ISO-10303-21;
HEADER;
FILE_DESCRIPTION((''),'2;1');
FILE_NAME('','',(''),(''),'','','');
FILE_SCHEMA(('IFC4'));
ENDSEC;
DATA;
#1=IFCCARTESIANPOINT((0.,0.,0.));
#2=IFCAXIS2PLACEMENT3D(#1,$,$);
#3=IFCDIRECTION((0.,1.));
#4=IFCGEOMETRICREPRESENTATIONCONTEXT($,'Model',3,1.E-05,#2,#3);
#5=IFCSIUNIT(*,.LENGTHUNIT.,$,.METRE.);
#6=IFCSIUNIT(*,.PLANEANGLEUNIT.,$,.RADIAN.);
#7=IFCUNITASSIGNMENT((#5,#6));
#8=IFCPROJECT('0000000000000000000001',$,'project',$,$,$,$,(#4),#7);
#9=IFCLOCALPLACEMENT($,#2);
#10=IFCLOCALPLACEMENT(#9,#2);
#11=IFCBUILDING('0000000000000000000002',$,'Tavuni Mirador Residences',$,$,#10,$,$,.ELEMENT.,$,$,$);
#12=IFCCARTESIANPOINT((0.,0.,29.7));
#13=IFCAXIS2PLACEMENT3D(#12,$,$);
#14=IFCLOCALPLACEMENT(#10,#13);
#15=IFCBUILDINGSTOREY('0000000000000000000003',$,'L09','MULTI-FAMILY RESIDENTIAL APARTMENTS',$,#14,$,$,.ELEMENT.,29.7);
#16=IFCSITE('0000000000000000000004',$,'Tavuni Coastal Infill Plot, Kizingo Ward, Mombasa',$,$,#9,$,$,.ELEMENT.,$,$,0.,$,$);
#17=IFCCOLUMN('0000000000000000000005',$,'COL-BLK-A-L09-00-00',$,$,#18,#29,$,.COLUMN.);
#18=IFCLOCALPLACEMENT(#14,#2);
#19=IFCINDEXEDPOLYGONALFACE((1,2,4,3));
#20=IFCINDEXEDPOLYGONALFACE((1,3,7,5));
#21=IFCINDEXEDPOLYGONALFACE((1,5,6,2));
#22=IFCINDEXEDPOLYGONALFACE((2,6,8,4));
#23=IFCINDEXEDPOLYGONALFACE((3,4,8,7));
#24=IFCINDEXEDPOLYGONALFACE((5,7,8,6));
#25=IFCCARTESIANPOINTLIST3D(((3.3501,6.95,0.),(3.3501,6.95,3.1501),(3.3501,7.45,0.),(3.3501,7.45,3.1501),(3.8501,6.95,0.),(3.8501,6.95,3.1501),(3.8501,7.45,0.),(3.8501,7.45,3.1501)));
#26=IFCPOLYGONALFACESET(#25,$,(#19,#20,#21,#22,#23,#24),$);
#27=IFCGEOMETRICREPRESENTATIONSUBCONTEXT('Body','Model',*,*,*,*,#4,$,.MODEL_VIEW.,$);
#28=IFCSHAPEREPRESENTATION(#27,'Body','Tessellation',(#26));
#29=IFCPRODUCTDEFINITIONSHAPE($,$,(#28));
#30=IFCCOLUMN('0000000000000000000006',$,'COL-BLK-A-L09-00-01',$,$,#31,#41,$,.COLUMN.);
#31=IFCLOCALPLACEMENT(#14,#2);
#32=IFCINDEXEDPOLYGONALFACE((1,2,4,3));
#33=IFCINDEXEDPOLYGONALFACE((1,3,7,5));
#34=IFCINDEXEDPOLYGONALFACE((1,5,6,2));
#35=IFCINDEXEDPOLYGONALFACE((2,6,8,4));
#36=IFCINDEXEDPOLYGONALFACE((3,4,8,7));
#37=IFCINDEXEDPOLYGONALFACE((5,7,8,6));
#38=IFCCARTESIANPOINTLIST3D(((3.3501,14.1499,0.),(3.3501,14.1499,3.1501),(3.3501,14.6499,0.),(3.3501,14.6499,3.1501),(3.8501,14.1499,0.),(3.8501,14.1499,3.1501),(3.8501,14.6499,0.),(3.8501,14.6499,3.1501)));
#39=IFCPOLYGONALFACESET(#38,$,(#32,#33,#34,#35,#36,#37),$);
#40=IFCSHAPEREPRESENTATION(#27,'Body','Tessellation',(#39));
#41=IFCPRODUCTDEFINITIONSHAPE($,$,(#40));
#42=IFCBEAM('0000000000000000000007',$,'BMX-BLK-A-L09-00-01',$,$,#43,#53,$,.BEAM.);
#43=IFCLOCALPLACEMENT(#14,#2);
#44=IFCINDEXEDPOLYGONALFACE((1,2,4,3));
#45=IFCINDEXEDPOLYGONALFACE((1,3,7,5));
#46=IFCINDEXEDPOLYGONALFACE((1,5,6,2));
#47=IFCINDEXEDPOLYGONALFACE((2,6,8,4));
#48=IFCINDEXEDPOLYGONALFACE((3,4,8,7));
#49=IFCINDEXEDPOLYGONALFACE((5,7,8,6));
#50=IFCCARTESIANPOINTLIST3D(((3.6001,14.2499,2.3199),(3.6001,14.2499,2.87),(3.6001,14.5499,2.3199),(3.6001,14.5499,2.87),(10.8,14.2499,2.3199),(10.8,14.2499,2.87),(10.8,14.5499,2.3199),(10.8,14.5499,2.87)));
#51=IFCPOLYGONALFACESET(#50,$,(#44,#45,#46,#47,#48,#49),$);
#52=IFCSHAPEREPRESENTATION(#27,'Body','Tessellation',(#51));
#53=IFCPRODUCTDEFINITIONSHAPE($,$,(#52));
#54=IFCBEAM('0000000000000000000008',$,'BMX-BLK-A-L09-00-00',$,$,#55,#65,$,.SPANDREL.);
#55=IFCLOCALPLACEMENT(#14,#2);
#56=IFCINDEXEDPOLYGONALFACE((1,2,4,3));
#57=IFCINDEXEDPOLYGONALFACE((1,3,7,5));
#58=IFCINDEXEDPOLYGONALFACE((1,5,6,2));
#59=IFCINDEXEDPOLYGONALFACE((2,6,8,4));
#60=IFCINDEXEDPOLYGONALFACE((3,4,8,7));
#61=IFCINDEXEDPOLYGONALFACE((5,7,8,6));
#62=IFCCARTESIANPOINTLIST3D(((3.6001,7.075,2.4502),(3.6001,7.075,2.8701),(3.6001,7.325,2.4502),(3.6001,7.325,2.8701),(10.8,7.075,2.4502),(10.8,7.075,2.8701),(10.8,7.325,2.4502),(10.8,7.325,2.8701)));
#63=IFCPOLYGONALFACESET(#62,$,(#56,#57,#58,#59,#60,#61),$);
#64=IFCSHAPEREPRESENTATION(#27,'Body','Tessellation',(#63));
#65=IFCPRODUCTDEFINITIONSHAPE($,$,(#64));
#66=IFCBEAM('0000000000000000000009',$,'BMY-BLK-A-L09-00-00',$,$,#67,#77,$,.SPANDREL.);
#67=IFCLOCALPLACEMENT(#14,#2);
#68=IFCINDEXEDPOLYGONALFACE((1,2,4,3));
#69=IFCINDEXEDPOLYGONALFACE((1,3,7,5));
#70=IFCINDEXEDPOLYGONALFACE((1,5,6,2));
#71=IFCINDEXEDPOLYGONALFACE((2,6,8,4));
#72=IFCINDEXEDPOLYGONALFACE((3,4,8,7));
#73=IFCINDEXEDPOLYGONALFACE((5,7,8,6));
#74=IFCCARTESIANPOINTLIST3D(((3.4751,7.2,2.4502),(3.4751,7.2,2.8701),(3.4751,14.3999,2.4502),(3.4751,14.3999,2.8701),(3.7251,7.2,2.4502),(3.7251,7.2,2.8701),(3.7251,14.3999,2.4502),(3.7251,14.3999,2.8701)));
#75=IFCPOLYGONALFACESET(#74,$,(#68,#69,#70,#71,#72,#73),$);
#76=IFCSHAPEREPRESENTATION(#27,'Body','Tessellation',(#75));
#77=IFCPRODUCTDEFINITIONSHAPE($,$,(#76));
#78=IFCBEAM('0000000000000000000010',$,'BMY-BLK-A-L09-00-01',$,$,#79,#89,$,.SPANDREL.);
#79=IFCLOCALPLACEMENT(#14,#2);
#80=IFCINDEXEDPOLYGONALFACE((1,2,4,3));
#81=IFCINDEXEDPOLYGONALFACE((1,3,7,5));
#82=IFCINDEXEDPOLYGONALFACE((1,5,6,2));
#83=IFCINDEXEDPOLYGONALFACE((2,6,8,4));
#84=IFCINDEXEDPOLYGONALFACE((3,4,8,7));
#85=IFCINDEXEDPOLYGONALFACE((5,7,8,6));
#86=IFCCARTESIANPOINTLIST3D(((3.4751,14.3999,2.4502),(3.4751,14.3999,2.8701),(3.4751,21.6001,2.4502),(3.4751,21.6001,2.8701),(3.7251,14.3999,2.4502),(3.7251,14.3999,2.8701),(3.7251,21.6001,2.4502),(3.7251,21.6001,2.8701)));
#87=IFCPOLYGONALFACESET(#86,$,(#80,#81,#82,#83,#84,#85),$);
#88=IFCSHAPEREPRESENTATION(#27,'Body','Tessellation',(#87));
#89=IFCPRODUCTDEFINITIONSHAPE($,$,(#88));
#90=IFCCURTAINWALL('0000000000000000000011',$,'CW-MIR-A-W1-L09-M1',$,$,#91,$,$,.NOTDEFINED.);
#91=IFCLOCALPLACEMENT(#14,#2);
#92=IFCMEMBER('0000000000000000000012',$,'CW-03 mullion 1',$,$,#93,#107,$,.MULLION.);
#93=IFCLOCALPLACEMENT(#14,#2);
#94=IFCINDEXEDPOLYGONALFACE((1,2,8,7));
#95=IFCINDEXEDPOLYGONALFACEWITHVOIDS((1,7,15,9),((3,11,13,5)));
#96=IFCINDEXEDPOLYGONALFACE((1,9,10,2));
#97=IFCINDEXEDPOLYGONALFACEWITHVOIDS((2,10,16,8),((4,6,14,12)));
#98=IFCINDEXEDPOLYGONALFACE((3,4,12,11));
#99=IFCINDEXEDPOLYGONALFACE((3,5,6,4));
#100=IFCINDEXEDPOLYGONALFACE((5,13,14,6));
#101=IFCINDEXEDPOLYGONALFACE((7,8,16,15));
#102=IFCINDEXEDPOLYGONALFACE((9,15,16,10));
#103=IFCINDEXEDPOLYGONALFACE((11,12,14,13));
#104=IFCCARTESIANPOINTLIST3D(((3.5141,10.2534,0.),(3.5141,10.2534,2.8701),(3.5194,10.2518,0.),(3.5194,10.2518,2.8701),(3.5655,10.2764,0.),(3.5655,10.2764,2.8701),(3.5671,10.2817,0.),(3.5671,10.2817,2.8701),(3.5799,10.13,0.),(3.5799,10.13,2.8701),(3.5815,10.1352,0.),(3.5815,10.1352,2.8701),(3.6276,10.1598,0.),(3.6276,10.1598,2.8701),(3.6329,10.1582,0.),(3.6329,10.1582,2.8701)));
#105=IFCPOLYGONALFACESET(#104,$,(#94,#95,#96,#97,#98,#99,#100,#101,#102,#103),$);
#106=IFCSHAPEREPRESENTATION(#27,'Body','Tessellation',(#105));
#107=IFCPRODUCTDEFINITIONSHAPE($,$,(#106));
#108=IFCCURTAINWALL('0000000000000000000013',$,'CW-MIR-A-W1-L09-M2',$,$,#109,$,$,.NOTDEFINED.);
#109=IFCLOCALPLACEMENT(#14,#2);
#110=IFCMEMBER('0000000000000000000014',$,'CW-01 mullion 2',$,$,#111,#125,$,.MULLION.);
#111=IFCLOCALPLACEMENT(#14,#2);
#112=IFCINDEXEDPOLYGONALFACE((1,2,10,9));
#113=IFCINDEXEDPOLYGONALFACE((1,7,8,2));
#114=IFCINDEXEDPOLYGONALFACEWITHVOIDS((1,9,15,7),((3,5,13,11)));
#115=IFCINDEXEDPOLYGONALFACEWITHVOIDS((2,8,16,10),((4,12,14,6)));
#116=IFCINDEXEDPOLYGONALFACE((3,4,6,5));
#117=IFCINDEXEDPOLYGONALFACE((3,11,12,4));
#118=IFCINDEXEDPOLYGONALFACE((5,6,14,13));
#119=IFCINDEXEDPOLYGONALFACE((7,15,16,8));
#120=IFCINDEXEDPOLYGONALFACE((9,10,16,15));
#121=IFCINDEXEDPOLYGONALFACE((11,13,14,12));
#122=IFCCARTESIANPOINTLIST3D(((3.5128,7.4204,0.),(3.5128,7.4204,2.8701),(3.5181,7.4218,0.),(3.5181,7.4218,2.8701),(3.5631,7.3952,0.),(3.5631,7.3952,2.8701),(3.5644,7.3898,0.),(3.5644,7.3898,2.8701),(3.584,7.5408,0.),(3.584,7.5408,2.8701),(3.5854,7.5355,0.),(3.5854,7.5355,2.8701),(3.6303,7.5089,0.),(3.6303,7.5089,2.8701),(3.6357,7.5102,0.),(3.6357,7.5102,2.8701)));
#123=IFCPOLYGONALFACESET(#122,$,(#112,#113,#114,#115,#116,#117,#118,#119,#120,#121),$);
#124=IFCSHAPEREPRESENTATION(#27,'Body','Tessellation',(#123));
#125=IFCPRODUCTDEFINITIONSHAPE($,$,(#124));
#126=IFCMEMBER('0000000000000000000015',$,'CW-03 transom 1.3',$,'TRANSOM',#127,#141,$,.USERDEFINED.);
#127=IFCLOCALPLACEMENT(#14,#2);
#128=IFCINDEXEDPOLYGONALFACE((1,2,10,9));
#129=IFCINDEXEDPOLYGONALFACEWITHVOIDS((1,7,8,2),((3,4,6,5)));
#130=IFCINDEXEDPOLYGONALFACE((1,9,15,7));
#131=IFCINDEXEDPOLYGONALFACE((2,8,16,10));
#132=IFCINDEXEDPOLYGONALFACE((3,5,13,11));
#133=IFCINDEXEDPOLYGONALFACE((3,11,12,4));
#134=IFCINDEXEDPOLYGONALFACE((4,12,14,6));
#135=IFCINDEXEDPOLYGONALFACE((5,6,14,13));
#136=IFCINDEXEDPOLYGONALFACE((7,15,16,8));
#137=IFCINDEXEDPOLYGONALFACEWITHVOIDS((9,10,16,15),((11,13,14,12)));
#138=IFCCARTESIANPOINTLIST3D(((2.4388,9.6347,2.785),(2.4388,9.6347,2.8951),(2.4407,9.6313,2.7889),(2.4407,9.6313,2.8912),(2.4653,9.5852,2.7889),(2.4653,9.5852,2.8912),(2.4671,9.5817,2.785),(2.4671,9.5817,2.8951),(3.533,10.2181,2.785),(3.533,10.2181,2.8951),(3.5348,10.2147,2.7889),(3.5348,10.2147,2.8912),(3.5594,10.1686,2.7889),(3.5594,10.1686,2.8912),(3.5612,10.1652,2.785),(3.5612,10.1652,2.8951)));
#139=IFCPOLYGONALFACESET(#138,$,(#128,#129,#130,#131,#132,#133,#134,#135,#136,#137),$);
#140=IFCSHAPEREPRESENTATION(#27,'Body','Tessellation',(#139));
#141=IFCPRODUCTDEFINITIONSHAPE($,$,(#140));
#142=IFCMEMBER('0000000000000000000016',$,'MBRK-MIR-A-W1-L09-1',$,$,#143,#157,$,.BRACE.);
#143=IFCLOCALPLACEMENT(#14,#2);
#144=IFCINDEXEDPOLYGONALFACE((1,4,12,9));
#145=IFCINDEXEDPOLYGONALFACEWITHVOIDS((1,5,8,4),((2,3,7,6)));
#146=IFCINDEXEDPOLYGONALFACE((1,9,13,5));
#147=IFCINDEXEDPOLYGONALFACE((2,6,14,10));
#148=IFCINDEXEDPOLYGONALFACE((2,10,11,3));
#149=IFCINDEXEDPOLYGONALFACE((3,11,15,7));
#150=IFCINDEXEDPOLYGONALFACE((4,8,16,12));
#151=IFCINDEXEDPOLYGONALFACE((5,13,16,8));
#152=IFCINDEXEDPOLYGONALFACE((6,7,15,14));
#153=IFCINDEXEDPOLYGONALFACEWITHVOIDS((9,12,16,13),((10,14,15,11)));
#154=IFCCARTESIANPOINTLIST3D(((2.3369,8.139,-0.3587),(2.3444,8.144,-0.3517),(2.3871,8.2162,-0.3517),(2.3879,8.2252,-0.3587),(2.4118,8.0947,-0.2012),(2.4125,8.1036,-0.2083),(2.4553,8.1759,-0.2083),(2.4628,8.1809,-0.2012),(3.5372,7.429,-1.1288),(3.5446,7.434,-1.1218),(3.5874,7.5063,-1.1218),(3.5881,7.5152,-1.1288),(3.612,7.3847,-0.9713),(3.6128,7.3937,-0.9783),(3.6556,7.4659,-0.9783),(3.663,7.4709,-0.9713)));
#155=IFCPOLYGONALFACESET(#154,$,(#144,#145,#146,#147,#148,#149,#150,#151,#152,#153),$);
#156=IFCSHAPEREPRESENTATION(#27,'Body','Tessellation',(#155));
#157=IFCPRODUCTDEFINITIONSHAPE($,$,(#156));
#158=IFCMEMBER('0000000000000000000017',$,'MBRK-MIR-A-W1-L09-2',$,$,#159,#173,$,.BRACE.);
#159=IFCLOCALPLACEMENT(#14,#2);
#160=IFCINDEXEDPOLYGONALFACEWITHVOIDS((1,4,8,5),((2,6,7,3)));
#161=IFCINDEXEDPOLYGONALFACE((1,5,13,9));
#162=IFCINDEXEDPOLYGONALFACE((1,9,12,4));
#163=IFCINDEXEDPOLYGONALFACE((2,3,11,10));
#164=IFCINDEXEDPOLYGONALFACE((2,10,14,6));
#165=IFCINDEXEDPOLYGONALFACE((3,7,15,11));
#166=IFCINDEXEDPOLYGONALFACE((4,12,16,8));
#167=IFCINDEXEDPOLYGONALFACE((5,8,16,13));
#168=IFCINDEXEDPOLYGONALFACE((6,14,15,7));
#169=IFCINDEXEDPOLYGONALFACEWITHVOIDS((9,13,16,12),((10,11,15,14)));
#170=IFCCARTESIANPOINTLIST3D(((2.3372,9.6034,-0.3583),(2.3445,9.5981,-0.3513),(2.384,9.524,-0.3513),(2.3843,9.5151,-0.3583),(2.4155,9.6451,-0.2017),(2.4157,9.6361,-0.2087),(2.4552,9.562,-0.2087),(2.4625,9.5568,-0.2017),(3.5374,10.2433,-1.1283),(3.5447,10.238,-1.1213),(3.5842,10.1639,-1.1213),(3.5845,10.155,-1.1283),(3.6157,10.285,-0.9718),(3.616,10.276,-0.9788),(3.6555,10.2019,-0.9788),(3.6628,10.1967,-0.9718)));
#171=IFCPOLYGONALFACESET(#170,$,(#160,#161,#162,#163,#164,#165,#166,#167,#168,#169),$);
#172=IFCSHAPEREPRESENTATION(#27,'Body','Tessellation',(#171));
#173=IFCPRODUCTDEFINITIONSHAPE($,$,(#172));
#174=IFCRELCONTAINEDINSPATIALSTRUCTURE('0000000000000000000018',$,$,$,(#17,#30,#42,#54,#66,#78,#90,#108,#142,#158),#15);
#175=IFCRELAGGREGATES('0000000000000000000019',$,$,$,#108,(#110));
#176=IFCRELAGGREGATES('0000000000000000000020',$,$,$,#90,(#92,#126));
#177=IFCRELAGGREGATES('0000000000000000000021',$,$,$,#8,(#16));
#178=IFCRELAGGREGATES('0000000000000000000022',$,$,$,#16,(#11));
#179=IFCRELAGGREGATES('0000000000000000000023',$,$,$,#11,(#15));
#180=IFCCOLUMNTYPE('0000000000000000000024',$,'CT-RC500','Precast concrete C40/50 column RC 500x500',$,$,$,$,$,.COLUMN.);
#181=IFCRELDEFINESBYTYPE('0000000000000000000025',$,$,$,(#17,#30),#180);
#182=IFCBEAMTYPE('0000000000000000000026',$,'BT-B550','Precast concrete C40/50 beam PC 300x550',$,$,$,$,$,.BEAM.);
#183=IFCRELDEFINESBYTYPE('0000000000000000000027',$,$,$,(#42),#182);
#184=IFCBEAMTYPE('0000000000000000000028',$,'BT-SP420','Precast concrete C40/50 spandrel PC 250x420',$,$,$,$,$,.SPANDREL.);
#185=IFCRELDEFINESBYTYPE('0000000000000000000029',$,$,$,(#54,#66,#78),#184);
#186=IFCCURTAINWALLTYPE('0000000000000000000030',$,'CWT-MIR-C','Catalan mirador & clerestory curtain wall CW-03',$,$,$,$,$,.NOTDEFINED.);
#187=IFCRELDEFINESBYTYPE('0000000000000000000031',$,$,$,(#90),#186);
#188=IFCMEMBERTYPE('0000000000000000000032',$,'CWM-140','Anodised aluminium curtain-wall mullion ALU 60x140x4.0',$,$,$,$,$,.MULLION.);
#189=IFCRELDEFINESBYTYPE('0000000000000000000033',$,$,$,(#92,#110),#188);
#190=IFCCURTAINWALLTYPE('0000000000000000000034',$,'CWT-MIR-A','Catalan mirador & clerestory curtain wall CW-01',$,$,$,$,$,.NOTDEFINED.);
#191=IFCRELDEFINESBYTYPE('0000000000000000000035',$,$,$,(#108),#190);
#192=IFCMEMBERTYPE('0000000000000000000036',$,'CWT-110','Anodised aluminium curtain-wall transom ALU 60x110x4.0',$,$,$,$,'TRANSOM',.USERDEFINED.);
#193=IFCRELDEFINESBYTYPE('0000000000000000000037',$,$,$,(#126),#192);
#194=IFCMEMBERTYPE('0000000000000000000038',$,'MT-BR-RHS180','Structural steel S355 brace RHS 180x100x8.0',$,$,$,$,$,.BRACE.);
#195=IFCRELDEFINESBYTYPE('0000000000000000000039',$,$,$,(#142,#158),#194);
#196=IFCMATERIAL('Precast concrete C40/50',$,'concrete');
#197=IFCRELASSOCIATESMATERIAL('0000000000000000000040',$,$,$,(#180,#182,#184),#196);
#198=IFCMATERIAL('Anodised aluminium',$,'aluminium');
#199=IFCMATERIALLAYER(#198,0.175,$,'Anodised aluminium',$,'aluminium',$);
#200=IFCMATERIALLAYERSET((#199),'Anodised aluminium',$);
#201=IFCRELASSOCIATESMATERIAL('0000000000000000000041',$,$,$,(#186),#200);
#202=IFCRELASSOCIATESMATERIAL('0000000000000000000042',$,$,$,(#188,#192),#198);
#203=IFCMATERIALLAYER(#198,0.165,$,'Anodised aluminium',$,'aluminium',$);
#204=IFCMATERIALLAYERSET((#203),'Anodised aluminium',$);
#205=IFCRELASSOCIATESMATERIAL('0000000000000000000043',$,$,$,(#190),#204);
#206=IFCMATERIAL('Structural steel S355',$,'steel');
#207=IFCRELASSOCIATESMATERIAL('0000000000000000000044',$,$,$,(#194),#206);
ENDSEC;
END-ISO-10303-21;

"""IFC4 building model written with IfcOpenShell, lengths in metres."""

from ifc_helpers import new_model, si_unit, direction, frame, origin, origin_2d, place, context, subcontext, project, spatial, rectangle, hollow_rectangle, extrude, material, layer, layer_set, material_profile, profile_set, type_object, element, aggregate, save


model = new_model("IFC4")

# Units and contexts
model_context = context("Model", 3, precision=1e-05, world=origin(), true_north=direction((0.0, 1.0)))
body_context = subcontext(model_context, "Body", "Model", "MODEL_VIEW")
ifc_project = project(units=[si_unit("LENGTHUNIT", "METRE"), si_unit("PLANEANGLEUNIT", "RADIAN")], contexts=[model_context])

# Site, building, storey
site_placement = place(None, origin())
site = spatial("IfcSite", under=ifc_project, at=site_placement, Name="Tavuni Coastal Infill Plot, Kizingo Ward, Mombasa", CompositionType="ELEMENT", RefElevation=0.0)
building_placement = place(site_placement, origin())
building = spatial("IfcBuilding", under=site, at=building_placement, Name="Tavuni Mirador Residences", CompositionType="ELEMENT")
storey_placement = place(building_placement, frame((0.0, 0.0, 29.7)))
storey = spatial("IfcBuildingStorey", under=building, at=storey_placement, Name="L09", Description="MULTI-FAMILY RESIDENTIAL APARTMENTS", CompositionType="ELEMENT", Elevation=29.7)

# Columns
ifc_material_1 = material(Name="Precast concrete C40/50", Category="concrete")
ifc_material_profile_1 = material_profile(ifc_material_1, rectangle(XDim=0.5, YDim=0.5, at=origin_2d()), Name="RC 500x500", Category="concrete")
ifc_profile_set_1 = profile_set([ifc_material_profile_1], Name="Precast concrete C40/50")
column_type = type_object("IfcColumnType", Name="CT-RC500", Description="Precast concrete C40/50 column RC 500x500", PredefinedType="COLUMN", material=ifc_profile_set_1)
for number, where, z_axis, x_axis, name in (
    (1, (3.6001, 7.2, 0.0), (0.0, 0.0, 1.0), (1.0, 0.0, 0.0), "COL-BLK-A-L09-00-00"),
    (2, (3.6001, 14.3999, 0.0), (0.0, 0.0, 1.0), (1.0, 0.0, 0.0), "COL-BLK-A-L09-00-01"),
):
    element("IfcColumn", number, at=place(storey_placement, frame(where, z_axis=z_axis, x_axis=x_axis)), inside=storey, type_object=column_type, Name=name, PredefinedType="COLUMN", context=body_context, shape_type="SweptSolid", body=[
        extrude(rectangle(XDim=0.5, YDim=0.5, at=origin_2d()), origin(), (0.0, 0.0, 1.0), 3.1501),
    ])

# Beams
ifc_material_profile_2 = material_profile(ifc_material_1, rectangle(XDim=0.3, YDim=0.55, at=origin_2d()), Name="PC 300x550", Category="concrete")
ifc_profile_set_2 = profile_set([ifc_material_profile_2], Name="Precast concrete C40/50")
beam_type_1 = type_object("IfcBeamType", Name="BT-B550", Description="Precast concrete C40/50 beam PC 300x550", PredefinedType="BEAM", material=ifc_profile_set_2)
beam_1_placement = place(storey_placement, frame((3.6001, 14.3999, 2.595), z_axis=(1.0, 0.0, 0.0), x_axis=(0.0, 1.0, 0.0)))
element("IfcBeam", 3, at=beam_1_placement, inside=storey, type_object=beam_type_1, Name="BMX-BLK-A-L09-00-01", PredefinedType="BEAM", context=body_context, shape_type="SweptSolid", body=[
    extrude(rectangle(XDim=0.3, YDim=0.55, at=origin_2d()), origin(), (0.0, 0.0, 1.0), 7.2),
])
ifc_material_profile_3 = material_profile(ifc_material_1, rectangle(XDim=0.25, YDim=0.4199, at=origin_2d()), Name="PC 250x420", Category="concrete")
ifc_profile_set_3 = profile_set([ifc_material_profile_3], Name="Precast concrete C40/50")
beam_type_2 = type_object("IfcBeamType", Name="BT-SP420", Description="Precast concrete C40/50 spandrel PC 250x420", PredefinedType="SPANDREL", material=ifc_profile_set_3)
for number, where, z_axis, x_axis, name in (
    (4, (3.6001, 7.2, 2.6602), (1.0, 0.0, 0.0), (0.0, 1.0, 0.0), "BMX-BLK-A-L09-00-00"),
    (5, (3.6001, 7.2, 2.6602), (0.0, 1.0, 0.0), (-1.0, 0.0, 0.0), "BMY-BLK-A-L09-00-00"),
):
    element("IfcBeam", number, at=place(storey_placement, frame(where, z_axis=z_axis, x_axis=x_axis)), inside=storey, type_object=beam_type_2, Name=name, PredefinedType="SPANDREL", context=body_context, shape_type="SweptSolid", body=[
        extrude(rectangle(XDim=0.25, YDim=0.4199, at=origin_2d()), origin(), (0.0, 0.0, 1.0), 7.2),
    ])
beam_2_placement = place(storey_placement, frame((3.6001, 14.3999, 2.6602), z_axis=(0.0, 1.0, 0.0), x_axis=(-1.0, 0.0, 0.0)))
element("IfcBeam", 6, at=beam_2_placement, inside=storey, type_object=beam_type_2, Name="BMY-BLK-A-L09-00-01", PredefinedType="SPANDREL", context=body_context, shape_type="SweptSolid", body=[
    extrude(rectangle(XDim=0.25, YDim=0.4199, at=origin_2d()), origin(), (0.0, 0.0, 1.0), 7.2002),
])

# Curtain walls, members
ifc_material_2 = material(Name="Anodised aluminium", Category="aluminium")
ifc_layer_1 = layer(ifc_material_2, 0.175, Name="Anodised aluminium", Category="aluminium")
ifc_layer_set_1 = layer_set([ifc_layer_1], Name="Anodised aluminium")
curtain_wall_type_1 = type_object("IfcCurtainWallType", Name="CWT-MIR-C", Description="Catalan mirador & clerestory curtain wall CW-03", PredefinedType="NOTDEFINED", material=ifc_layer_set_1)
curtain_wall_1_placement = place(storey_placement, origin())
curtain_wall_1 = element("IfcCurtainWall", 7, at=curtain_wall_1_placement, inside=storey, type_object=curtain_wall_type_1, Name="CW-MIR-A-W1-L09-M1", PredefinedType="NOTDEFINED")
ifc_material_profile_4 = material_profile(ifc_material_2, hollow_rectangle(XDim=0.0601, YDim=0.1399, WallThickness=0.0039, at=origin_2d()), Name="ALU 60x140x4.0", Category="aluminium")
ifc_profile_set_4 = profile_set([ifc_material_profile_4], Name="Anodised aluminium")
member_type_1 = type_object("IfcMemberType", Name="CWM-140", Description="Anodised aluminium curtain-wall mullion ALU 60x140x4.0", PredefinedType="MULLION", material=ifc_profile_set_4)
member_1_placement = place(storey_placement, frame((3.5735, 10.2058, 0.0), z_axis=(0.0, 0.0, 1.0), x_axis=(-0.882353, -0.470588, 0.0)))
member_1 = element("IfcMember", 8, at=member_1_placement, type_object=member_type_1, Name="CW-03 mullion 1", PredefinedType="MULLION", context=body_context, shape_type="SweptSolid", body=[
    extrude(hollow_rectangle(XDim=0.0601, YDim=0.1399, WallThickness=0.0039, at=origin_2d()), origin(), (0.0, 0.0, 1.0), 2.8701),
])
ifc_layer_2 = layer(ifc_material_2, 0.165, Name="Anodised aluminium", Category="aluminium")
ifc_layer_set_2 = layer_set([ifc_layer_2], Name="Anodised aluminium")
curtain_wall_type_2 = type_object("IfcCurtainWallType", Name="CWT-MIR-A", Description="Catalan mirador & clerestory curtain wall CW-01", PredefinedType="NOTDEFINED", material=ifc_layer_set_2)
curtain_wall_2_placement = place(storey_placement, origin())
curtain_wall_2 = element("IfcCurtainWall", 9, at=curtain_wall_2_placement, inside=storey, type_object=curtain_wall_type_2, Name="CW-MIR-A-W1-L09-M2", PredefinedType="NOTDEFINED")
member_2_placement = place(storey_placement, frame((3.5742, 7.4653, 0.0), z_axis=(0.0, 0.0, 1.0), x_axis=(0.860641, -0.509212, 0.0)))
member_2 = element("IfcMember", 10, at=member_2_placement, type_object=member_type_1, Name="CW-01 mullion 2", PredefinedType="MULLION", context=body_context, shape_type="SweptSolid", body=[
    extrude(hollow_rectangle(XDim=0.0601, YDim=0.1399, WallThickness=0.0039, at=origin_2d()), origin(), (0.0, 0.0, 1.0), 2.8701),
])
aggregate(curtain_wall_2, [member_2])

# Member
ifc_material_profile_5 = material_profile(ifc_material_2, hollow_rectangle(XDim=0.0601, YDim=0.1101, WallThickness=0.0039, at=origin_2d()), Name="ALU 60x110x4.0", Category="aluminium")
ifc_profile_set_5 = profile_set([ifc_material_profile_5], Name="Anodised aluminium")
member_type_2 = type_object("IfcMemberType", Name="CWT-110", Description="Anodised aluminium curtain-wall transom ALU 60x110x4.0", ElementType="TRANSOM", PredefinedType="USERDEFINED", material=ifc_profile_set_5)
member_3_placement = place(storey_placement, frame((3.5471, 10.1917, 2.8401), z_axis=(-0.882386, -0.470527, 0.0), x_axis=(0.470527, -0.882386, 0.0)))
member_3 = element("IfcMember", 11, at=member_3_placement, type_object=member_type_2, Name="CW-03 transom 1.3", ObjectType="TRANSOM", PredefinedType="USERDEFINED", context=body_context, shape_type="SweptSolid", body=[
    extrude(hollow_rectangle(XDim=0.0601, YDim=0.1101, WallThickness=0.0039, at=origin_2d()), origin(), (0.0, 0.0, 1.0), 1.24),
])
aggregate(curtain_wall_1, [member_1, member_3])

# Members
ifc_material_3 = material(Name="Structural steel S355", Category="steel")
ifc_material_profile_6 = material_profile(ifc_material_3, hollow_rectangle(XDim=0.1001, YDim=0.1799, WallThickness=0.0081, at=origin_2d()), Name="RHS 180x100x8.0", Category="steel")
ifc_profile_set_6 = profile_set([ifc_material_profile_6], Name="Structural steel S355")
member_type_3 = type_object("IfcMemberType", Name="MT-BR-RHS180", Description="Structural steel S355 brace RHS 180x100x8.0", PredefinedType="BRACE", material=ifc_profile_set_6)
member_4_placement = place(storey_placement, frame((3.6001, 7.45, -1.05), z_axis=(-0.753449, 0.445693, 0.483397), x_axis=(-0.50913, -0.860689, 0.0)))
element("IfcMember", 12, at=member_4_placement, inside=storey, type_object=member_type_3, Name="MBRK-MIR-A-W1-L09-1", PredefinedType="BRACE", context=body_context, shape_type="SweptSolid", body=[
    extrude(hollow_rectangle(XDim=0.1001, YDim=0.1799, WallThickness=0.0081, at=origin_2d()), origin(), (0.0, 0.0, 1.0), 1.593),
])
member_5_placement = place(storey_placement, frame((3.6001, 10.22, -1.05), z_axis=(-0.767896, -0.409409, 0.492666), x_axis=(0.470467, -0.882418, 0.0)))
element("IfcMember", 13, at=member_5_placement, inside=storey, type_object=member_type_3, Name="MBRK-MIR-A-W1-L09-2", PredefinedType="BRACE", context=body_context, shape_type="SweptSolid", body=[
    extrude(hollow_rectangle(XDim=0.1001, YDim=0.1799, WallThickness=0.0081, at=origin_2d()), origin(), (0.0, 0.0, 1.0), 1.563),
])

save(model, "model.ifc")
